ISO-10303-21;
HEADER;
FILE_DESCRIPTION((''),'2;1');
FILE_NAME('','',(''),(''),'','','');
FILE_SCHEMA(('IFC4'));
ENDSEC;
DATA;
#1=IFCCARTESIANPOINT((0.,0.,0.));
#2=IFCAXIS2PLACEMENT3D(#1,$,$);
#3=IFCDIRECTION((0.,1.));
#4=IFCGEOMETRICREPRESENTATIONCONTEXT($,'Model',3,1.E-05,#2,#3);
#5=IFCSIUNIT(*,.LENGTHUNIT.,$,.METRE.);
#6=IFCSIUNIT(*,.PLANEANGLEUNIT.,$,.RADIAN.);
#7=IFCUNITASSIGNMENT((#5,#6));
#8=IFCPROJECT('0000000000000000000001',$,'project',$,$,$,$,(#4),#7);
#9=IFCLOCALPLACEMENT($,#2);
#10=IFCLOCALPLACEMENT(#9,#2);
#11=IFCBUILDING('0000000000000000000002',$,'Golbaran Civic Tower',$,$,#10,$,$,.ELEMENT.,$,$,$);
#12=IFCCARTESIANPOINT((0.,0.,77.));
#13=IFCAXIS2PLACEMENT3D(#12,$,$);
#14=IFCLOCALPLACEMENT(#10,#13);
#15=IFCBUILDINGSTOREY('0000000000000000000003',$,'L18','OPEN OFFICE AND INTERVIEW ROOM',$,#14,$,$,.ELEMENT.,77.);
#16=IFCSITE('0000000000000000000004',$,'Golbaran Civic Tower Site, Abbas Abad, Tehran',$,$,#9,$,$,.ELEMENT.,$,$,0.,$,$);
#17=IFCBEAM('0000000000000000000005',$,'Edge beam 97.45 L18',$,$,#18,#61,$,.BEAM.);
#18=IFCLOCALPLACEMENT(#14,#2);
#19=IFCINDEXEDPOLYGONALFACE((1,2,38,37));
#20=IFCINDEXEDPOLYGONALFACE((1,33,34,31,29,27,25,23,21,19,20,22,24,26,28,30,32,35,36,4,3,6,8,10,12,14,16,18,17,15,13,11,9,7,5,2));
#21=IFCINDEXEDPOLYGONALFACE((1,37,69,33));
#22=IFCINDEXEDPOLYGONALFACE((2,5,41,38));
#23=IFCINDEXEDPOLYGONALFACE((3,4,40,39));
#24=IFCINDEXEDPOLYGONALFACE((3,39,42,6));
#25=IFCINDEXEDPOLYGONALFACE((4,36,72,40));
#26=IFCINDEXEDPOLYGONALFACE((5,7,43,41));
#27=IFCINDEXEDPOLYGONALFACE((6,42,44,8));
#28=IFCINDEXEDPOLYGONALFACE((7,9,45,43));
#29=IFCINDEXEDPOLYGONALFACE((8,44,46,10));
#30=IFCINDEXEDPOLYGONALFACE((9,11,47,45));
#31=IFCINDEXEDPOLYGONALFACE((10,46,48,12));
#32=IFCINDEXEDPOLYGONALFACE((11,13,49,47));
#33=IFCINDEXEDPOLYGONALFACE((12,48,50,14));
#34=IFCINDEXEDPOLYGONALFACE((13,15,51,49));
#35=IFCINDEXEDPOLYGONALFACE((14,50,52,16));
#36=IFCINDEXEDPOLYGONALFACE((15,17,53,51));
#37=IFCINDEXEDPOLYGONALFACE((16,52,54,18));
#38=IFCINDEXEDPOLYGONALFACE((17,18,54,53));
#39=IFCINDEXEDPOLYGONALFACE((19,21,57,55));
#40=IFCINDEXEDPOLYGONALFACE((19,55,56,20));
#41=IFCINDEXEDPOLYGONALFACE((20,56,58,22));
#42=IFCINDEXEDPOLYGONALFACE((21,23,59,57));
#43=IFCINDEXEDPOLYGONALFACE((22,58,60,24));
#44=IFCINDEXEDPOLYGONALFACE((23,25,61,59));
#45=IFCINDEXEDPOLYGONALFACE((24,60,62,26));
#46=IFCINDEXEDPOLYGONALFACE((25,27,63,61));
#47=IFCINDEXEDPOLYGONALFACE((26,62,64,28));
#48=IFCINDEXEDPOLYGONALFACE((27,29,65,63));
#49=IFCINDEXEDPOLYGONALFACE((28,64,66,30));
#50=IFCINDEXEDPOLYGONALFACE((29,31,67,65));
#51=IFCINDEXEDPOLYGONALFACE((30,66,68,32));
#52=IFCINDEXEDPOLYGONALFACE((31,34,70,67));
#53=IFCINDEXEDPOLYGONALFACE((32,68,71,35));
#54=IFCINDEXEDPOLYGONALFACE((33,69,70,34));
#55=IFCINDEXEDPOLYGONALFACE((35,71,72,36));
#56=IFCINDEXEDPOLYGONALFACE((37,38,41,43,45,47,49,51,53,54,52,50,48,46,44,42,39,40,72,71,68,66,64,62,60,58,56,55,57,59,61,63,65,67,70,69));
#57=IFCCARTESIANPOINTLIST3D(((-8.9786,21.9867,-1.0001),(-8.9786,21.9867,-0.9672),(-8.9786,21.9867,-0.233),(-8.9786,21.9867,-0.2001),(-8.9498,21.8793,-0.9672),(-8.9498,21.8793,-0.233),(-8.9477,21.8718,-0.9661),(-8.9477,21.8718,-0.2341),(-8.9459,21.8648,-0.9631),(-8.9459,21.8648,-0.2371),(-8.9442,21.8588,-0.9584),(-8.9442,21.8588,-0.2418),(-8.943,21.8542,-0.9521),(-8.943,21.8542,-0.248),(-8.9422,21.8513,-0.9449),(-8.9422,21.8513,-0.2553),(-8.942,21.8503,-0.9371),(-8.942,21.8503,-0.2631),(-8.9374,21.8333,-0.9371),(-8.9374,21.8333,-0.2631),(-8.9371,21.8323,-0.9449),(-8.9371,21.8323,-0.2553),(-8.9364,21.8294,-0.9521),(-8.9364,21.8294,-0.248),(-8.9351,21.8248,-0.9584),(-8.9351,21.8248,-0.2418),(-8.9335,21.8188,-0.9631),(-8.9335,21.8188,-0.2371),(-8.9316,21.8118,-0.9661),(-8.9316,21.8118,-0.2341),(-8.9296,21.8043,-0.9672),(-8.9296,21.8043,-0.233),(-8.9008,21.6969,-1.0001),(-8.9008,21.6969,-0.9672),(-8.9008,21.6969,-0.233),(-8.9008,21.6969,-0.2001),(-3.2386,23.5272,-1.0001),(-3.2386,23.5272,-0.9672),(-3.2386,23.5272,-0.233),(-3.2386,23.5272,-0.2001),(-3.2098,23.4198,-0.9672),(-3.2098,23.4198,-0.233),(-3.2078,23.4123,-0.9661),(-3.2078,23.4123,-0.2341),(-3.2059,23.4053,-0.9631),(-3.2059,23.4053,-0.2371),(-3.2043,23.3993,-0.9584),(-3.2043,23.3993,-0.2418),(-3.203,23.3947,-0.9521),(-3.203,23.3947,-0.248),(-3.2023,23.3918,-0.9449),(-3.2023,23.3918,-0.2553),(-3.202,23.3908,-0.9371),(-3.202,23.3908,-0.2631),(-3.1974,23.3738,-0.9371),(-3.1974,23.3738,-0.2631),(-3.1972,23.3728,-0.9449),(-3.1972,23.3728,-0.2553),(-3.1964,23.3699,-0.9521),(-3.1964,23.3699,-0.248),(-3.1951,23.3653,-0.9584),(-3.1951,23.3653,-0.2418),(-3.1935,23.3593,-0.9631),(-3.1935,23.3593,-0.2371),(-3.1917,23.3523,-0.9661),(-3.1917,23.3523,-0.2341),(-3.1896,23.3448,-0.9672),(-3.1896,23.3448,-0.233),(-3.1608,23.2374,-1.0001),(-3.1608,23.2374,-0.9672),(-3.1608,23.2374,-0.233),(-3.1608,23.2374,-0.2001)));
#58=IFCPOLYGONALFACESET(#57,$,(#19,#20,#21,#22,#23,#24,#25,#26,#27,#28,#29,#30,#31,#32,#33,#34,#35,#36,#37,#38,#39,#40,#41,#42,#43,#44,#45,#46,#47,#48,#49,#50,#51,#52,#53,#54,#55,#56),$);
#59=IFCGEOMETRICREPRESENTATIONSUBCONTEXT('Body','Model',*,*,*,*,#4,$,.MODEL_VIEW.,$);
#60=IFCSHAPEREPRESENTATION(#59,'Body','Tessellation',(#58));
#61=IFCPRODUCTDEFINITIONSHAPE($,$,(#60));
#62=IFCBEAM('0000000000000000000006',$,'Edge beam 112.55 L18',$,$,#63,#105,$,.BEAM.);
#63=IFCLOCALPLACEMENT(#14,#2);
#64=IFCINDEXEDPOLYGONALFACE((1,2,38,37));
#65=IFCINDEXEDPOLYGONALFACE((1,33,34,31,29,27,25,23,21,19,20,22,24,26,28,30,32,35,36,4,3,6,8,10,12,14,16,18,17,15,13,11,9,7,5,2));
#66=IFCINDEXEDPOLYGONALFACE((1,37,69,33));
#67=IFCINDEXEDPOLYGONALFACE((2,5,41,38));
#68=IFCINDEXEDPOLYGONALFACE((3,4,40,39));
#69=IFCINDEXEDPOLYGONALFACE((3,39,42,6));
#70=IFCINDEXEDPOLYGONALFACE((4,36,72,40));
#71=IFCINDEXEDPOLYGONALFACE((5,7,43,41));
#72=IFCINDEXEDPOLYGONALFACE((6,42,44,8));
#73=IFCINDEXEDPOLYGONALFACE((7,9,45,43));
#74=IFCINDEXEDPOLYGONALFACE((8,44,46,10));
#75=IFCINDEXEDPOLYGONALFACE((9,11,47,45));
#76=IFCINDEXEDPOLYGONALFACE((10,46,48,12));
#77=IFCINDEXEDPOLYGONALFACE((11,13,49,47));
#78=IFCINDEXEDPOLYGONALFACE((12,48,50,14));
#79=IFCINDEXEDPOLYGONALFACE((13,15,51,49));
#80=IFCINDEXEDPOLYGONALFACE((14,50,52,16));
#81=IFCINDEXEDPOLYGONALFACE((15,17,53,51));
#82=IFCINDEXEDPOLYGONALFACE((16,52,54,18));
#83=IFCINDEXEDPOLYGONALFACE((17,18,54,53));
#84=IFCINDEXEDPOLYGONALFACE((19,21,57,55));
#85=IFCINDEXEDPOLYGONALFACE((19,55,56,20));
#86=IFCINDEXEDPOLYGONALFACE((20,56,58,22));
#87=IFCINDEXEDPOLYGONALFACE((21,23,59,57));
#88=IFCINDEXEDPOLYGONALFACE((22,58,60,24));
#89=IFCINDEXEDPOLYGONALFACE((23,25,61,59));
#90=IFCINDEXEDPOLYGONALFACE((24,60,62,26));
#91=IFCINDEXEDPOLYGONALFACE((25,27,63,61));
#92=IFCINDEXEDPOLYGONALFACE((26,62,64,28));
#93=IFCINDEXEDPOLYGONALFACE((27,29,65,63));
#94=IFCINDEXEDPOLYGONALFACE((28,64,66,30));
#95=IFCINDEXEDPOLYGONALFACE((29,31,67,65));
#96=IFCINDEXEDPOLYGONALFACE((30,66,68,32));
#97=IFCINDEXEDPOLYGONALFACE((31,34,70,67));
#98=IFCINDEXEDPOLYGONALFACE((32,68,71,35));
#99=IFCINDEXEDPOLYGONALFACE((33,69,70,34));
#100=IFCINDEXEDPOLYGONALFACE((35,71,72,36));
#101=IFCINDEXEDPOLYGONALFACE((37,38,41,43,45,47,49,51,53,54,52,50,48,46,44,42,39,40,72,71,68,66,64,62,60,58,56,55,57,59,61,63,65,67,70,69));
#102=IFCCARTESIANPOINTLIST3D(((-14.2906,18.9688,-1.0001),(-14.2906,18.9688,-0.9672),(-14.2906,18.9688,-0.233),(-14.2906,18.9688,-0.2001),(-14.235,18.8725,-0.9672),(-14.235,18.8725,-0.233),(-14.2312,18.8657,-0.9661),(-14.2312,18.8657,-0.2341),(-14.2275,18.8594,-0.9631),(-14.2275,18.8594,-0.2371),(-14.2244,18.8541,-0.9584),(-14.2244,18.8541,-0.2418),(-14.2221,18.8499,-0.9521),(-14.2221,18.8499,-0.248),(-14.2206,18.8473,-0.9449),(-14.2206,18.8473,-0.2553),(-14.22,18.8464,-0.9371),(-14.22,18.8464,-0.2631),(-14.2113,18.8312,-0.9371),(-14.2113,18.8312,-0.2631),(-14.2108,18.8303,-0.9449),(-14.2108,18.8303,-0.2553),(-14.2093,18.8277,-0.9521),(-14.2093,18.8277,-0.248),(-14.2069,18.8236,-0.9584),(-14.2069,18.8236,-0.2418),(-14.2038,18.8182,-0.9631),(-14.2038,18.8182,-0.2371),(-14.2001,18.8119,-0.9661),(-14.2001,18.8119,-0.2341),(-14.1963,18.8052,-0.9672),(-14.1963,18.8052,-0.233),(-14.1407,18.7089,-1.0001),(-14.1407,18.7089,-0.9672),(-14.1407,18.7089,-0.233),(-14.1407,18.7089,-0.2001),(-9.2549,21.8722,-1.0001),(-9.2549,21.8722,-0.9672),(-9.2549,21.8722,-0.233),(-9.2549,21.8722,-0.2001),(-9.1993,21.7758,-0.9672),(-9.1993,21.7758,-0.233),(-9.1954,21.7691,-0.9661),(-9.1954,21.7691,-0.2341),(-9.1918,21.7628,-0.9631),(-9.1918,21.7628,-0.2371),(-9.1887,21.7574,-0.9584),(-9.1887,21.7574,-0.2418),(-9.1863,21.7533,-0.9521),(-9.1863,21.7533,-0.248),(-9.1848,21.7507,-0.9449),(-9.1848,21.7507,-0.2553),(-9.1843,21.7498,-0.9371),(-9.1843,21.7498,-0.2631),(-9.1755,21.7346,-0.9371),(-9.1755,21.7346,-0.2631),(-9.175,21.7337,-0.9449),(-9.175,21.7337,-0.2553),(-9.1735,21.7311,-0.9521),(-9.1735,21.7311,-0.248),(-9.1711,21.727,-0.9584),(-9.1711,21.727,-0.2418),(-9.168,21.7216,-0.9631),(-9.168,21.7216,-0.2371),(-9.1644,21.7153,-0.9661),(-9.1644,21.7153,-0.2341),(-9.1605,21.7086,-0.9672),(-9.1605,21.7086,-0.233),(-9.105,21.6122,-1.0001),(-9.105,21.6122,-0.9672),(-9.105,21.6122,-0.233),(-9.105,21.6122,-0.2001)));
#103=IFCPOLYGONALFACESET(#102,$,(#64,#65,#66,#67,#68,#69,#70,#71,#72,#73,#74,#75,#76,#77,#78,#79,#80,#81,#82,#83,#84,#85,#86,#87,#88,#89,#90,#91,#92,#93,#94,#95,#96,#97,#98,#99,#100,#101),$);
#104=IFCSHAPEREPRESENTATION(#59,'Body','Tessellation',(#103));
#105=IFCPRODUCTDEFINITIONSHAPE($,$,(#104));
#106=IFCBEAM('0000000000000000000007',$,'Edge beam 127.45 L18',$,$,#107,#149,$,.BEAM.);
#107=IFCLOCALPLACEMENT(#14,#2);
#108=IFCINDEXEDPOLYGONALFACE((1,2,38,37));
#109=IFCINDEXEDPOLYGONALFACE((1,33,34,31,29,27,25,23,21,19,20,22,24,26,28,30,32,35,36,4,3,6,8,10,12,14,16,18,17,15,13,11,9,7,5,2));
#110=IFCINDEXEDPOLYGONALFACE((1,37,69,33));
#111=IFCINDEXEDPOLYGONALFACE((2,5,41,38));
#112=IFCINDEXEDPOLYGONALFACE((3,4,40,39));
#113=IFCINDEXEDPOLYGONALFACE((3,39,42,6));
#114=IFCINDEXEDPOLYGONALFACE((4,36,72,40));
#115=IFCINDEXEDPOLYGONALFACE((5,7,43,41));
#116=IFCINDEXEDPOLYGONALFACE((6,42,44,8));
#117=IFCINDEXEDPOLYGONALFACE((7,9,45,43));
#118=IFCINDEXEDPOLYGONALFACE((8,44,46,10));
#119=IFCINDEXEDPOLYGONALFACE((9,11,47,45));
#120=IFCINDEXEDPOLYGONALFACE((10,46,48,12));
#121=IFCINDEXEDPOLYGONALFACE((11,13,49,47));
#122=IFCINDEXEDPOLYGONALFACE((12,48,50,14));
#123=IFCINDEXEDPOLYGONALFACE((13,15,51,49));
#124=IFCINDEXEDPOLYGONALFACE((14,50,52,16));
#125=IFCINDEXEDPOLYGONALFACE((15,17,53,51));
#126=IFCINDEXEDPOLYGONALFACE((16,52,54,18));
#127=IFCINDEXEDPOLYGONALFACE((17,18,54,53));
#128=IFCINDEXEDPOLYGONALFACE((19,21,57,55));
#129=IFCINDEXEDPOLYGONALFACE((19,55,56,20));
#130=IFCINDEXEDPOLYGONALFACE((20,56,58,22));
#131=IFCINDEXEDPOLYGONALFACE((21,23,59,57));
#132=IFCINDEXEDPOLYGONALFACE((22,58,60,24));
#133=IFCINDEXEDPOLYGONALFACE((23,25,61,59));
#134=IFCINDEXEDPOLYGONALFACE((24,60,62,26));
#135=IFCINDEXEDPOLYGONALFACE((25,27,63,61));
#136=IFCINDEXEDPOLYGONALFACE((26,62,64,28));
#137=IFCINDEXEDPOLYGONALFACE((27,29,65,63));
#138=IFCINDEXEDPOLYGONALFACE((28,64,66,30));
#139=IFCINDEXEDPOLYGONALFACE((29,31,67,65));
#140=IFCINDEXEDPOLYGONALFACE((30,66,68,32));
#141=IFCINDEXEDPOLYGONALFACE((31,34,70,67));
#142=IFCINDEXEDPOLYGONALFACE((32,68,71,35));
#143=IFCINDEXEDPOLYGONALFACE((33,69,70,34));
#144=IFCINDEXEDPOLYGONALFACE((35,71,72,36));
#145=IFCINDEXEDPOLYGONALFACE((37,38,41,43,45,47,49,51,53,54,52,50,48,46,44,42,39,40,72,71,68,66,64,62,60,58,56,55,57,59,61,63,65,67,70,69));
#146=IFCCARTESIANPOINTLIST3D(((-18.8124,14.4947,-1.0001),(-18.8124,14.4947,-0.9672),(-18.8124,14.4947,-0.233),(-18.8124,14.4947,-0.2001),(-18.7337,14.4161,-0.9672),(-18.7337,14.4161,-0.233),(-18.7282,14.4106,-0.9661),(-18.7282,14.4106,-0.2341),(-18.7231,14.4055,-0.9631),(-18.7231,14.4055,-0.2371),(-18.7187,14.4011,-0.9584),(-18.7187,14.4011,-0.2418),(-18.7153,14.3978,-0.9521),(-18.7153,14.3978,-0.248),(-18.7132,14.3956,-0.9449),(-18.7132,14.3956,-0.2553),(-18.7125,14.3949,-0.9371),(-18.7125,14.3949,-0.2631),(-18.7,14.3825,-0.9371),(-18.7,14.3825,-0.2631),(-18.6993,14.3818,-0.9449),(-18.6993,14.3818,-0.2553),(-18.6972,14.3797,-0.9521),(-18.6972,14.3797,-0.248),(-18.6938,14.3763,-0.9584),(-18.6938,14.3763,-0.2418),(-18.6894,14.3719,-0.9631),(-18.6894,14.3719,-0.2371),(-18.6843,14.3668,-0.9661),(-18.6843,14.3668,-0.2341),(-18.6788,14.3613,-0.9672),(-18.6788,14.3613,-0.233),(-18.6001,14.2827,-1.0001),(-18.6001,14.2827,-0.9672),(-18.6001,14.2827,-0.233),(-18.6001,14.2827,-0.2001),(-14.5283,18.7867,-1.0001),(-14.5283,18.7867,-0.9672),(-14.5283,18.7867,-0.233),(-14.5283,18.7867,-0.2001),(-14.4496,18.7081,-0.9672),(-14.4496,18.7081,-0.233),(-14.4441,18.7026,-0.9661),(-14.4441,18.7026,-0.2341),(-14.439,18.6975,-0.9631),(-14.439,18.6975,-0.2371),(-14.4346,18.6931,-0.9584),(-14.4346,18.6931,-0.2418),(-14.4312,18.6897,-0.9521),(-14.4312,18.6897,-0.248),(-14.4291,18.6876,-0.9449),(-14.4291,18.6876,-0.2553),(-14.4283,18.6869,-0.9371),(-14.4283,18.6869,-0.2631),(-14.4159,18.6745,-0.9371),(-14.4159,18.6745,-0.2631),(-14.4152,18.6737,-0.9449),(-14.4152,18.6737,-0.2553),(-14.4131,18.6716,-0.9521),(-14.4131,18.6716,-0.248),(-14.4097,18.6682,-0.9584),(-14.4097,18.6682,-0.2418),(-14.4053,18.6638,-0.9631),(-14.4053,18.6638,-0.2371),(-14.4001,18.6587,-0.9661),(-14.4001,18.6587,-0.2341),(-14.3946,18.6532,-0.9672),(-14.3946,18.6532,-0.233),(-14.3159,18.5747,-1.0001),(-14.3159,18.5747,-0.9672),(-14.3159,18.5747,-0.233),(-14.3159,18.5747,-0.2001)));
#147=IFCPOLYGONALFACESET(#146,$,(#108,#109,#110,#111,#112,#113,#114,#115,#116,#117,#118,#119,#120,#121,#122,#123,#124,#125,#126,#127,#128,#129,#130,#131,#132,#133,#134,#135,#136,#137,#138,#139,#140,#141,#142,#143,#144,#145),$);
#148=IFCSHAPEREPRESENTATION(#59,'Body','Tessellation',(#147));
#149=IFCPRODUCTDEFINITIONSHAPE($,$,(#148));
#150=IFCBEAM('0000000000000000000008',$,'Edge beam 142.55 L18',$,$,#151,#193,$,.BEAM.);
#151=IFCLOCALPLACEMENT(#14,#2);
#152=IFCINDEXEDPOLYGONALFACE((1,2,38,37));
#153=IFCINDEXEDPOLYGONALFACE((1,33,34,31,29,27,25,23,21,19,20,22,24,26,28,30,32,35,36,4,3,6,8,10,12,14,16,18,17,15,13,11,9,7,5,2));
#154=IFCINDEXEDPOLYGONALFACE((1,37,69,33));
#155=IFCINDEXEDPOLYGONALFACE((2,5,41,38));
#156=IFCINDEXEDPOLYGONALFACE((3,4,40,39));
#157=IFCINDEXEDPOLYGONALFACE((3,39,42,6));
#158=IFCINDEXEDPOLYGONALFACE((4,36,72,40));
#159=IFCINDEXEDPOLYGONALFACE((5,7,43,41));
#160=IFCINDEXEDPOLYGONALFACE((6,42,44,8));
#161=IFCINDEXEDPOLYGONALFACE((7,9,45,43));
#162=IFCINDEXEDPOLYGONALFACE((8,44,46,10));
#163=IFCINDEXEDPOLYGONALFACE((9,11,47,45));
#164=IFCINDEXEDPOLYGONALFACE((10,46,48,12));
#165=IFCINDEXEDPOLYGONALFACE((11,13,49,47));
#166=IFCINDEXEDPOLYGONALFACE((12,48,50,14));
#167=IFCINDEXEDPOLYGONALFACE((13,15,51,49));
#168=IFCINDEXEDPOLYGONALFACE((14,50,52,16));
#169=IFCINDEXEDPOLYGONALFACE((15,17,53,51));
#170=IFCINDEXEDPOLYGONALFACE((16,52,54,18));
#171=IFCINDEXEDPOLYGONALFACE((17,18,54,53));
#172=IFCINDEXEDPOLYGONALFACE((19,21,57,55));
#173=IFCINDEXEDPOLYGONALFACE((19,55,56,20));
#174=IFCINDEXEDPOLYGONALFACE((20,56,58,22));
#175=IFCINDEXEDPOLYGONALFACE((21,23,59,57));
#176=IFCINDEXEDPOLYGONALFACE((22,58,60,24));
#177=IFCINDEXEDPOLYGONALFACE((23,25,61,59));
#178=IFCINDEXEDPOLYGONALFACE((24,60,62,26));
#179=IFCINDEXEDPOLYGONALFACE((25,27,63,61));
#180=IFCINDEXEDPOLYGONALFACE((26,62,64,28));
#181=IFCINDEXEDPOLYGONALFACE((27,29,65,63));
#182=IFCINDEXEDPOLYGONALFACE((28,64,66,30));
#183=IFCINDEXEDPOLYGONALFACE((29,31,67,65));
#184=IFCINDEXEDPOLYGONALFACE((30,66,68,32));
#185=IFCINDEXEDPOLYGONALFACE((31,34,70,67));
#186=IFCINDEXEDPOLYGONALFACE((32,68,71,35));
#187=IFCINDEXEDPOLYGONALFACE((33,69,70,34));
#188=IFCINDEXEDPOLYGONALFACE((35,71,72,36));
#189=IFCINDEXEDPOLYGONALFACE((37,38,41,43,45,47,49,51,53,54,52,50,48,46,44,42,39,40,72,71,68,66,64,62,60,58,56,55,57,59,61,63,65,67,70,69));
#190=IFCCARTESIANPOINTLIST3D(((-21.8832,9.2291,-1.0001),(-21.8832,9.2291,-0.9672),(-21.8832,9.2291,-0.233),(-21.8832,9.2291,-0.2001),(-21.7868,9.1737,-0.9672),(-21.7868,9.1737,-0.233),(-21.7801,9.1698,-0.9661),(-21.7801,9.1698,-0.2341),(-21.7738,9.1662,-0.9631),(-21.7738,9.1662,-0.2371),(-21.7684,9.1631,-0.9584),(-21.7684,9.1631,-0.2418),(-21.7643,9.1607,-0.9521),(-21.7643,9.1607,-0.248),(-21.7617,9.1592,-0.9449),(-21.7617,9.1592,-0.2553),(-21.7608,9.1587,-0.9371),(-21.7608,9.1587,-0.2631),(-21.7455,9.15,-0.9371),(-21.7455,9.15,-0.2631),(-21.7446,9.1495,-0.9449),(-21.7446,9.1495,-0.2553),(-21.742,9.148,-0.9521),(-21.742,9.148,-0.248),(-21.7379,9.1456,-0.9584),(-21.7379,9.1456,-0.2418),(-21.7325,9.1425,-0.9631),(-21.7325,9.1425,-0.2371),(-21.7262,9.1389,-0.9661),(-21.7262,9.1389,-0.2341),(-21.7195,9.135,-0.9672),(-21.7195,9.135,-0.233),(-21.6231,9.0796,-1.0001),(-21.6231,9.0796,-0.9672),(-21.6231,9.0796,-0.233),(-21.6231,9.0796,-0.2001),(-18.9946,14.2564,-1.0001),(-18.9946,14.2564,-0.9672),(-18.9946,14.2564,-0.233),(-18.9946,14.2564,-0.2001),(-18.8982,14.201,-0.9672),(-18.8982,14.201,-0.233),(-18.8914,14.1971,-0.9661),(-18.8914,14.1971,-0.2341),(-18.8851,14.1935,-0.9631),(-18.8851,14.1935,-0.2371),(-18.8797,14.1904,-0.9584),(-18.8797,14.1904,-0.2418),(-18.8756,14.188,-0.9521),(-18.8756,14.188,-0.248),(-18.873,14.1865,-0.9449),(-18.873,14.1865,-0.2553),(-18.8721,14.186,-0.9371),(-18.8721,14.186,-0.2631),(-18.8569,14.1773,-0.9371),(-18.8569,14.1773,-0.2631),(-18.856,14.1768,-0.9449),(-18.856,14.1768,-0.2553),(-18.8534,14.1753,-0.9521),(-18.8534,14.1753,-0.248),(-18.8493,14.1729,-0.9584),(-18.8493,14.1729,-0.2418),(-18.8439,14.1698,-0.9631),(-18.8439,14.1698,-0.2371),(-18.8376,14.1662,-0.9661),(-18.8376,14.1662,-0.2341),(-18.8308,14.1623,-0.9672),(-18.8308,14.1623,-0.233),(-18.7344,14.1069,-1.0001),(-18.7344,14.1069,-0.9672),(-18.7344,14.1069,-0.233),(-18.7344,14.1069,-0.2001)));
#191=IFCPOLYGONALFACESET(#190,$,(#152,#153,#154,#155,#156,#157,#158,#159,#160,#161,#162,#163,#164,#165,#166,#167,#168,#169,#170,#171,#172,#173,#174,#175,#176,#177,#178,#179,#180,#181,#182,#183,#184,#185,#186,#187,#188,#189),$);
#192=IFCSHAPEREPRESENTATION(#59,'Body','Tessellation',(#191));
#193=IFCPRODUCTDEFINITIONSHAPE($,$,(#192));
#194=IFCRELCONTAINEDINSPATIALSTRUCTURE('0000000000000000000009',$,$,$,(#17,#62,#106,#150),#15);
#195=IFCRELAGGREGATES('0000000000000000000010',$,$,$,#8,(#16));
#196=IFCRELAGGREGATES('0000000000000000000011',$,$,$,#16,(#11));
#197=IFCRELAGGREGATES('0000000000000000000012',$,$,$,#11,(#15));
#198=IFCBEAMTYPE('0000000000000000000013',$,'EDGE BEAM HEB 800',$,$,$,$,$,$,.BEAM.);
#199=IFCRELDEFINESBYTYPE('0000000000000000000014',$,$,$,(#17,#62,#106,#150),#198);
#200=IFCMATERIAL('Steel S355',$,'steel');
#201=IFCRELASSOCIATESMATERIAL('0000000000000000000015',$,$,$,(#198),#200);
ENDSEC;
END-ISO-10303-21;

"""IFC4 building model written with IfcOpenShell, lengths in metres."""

from ifc_helpers import new_model, si_unit, direction, frame, origin, origin_2d, place, context, subcontext, project, spatial, i_section, extrude, material, material_profile, profile_set, type_object, element, save


model = new_model("IFC4")

# Units and contexts
model_context = context("Model", 3, precision=1e-05, world=origin(), true_north=direction((0.0, 1.0)))
body_context = subcontext(model_context, "Body", "Model", "MODEL_VIEW")
ifc_project = project(units=[si_unit("LENGTHUNIT", "METRE"), si_unit("PLANEANGLEUNIT", "RADIAN")], contexts=[model_context])

# Site, building, storey
site_placement = place(None, origin())
site = spatial("IfcSite", under=ifc_project, at=site_placement, Name="Golbaran Civic Tower Site, Abbas Abad, Tehran", CompositionType="ELEMENT", RefElevation=0.0)
building_placement = place(site_placement, origin())
building = spatial("IfcBuilding", under=site, at=building_placement, Name="Golbaran Civic Tower", CompositionType="ELEMENT")
storey_placement = place(building_placement, frame((0.0, 0.0, 77.0)))
storey = spatial("IfcBuildingStorey", under=building, at=storey_placement, Name="L18", Description="OPEN OFFICE AND INTERVIEW ROOM", CompositionType="ELEMENT", Elevation=77.0)

# Beams
ifc_material_1 = material(Name="Steel S355", Category="steel")
ifc_material_profile_1 = material_profile(ifc_material_1, i_section(OverallWidth=0.3, OverallDepth=0.8, WebThickness=0.0176, FlangeThickness=0.033, FilletRadius=0.03, at=origin_2d()), Name="HEB 800")
ifc_profile_set_1 = profile_set([ifc_material_profile_1], Name="Steel S355")
beam_type_1 = type_object("IfcBeamType", Name="EDGE BEAM HEB 800", PredefinedType="BEAM", material=ifc_profile_set_1)
beam_1_placement = place(storey_placement, frame((-3.1997, 23.3823, -0.6001), z_axis=(-0.965821, -0.259212, 0.0), x_axis=(0.259212, -0.965821, 0.0)))
element("IfcBeam", 1, at=beam_1_placement, inside=storey, type_object=beam_type_1, Name="Edge beam 97.45 L18", PredefinedType="BEAM", context=body_context, shape_type="SweptSolid", body=[
    extrude(i_section(OverallWidth=0.3, OverallDepth=0.8, WebThickness=0.0176, FlangeThickness=0.033, FilletRadius=0.03, at=origin_2d()), origin(), (0.0, 0.0, 1.0), 5.9431),
])
beam_2_placement = place(storey_placement, frame((-9.1799, 21.7422, -0.6001), z_axis=(-0.866324, -0.499482, 0.0), x_axis=(0.499482, -0.866324, 0.0)))
element("IfcBeam", 2, at=beam_2_placement, inside=storey, type_object=beam_type_1, Name="Edge beam 112.55 L18", PredefinedType="BEAM", context=body_context, shape_type="SweptSolid", body=[
    extrude(i_section(OverallWidth=0.3, OverallDepth=0.8, WebThickness=0.0176, FlangeThickness=0.033, FilletRadius=0.03, at=origin_2d()), origin(), (0.0, 0.0, 1.0), 5.8127),
])
beam_3_placement = place(storey_placement, frame((-14.4221, 18.6807, -0.6001), z_axis=(-0.706462, -0.707751, 0.0), x_axis=(0.707751, -0.706462, 0.0)))
element("IfcBeam", 3, at=beam_3_placement, inside=storey, type_object=beam_type_1, Name="Edge beam 127.45 L18", PredefinedType="BEAM", context=body_context, shape_type="SweptSolid", body=[
    extrude(i_section(OverallWidth=0.3, OverallDepth=0.8, WebThickness=0.0176, FlangeThickness=0.033, FilletRadius=0.03, at=origin_2d()), origin(), (0.0, 0.0, 1.0), 6.0642),
])
beam_4_placement = place(storey_placement, frame((-18.8645, 14.1816, -0.6001), z_axis=(-0.498205, -0.867059, 0.0), x_axis=(0.867059, -0.498205, 0.0)))
element("IfcBeam", 4, at=beam_4_placement, inside=storey, type_object=beam_type_1, Name="Edge beam 142.55 L18", PredefinedType="BEAM", context=body_context, shape_type="SweptSolid", body=[
    extrude(i_section(OverallWidth=0.3, OverallDepth=0.8, WebThickness=0.0176, FlangeThickness=0.033, FilletRadius=0.03, at=origin_2d()), origin(), (0.0, 0.0, 1.0), 5.7981),
])

save(model, "model.ifc")
